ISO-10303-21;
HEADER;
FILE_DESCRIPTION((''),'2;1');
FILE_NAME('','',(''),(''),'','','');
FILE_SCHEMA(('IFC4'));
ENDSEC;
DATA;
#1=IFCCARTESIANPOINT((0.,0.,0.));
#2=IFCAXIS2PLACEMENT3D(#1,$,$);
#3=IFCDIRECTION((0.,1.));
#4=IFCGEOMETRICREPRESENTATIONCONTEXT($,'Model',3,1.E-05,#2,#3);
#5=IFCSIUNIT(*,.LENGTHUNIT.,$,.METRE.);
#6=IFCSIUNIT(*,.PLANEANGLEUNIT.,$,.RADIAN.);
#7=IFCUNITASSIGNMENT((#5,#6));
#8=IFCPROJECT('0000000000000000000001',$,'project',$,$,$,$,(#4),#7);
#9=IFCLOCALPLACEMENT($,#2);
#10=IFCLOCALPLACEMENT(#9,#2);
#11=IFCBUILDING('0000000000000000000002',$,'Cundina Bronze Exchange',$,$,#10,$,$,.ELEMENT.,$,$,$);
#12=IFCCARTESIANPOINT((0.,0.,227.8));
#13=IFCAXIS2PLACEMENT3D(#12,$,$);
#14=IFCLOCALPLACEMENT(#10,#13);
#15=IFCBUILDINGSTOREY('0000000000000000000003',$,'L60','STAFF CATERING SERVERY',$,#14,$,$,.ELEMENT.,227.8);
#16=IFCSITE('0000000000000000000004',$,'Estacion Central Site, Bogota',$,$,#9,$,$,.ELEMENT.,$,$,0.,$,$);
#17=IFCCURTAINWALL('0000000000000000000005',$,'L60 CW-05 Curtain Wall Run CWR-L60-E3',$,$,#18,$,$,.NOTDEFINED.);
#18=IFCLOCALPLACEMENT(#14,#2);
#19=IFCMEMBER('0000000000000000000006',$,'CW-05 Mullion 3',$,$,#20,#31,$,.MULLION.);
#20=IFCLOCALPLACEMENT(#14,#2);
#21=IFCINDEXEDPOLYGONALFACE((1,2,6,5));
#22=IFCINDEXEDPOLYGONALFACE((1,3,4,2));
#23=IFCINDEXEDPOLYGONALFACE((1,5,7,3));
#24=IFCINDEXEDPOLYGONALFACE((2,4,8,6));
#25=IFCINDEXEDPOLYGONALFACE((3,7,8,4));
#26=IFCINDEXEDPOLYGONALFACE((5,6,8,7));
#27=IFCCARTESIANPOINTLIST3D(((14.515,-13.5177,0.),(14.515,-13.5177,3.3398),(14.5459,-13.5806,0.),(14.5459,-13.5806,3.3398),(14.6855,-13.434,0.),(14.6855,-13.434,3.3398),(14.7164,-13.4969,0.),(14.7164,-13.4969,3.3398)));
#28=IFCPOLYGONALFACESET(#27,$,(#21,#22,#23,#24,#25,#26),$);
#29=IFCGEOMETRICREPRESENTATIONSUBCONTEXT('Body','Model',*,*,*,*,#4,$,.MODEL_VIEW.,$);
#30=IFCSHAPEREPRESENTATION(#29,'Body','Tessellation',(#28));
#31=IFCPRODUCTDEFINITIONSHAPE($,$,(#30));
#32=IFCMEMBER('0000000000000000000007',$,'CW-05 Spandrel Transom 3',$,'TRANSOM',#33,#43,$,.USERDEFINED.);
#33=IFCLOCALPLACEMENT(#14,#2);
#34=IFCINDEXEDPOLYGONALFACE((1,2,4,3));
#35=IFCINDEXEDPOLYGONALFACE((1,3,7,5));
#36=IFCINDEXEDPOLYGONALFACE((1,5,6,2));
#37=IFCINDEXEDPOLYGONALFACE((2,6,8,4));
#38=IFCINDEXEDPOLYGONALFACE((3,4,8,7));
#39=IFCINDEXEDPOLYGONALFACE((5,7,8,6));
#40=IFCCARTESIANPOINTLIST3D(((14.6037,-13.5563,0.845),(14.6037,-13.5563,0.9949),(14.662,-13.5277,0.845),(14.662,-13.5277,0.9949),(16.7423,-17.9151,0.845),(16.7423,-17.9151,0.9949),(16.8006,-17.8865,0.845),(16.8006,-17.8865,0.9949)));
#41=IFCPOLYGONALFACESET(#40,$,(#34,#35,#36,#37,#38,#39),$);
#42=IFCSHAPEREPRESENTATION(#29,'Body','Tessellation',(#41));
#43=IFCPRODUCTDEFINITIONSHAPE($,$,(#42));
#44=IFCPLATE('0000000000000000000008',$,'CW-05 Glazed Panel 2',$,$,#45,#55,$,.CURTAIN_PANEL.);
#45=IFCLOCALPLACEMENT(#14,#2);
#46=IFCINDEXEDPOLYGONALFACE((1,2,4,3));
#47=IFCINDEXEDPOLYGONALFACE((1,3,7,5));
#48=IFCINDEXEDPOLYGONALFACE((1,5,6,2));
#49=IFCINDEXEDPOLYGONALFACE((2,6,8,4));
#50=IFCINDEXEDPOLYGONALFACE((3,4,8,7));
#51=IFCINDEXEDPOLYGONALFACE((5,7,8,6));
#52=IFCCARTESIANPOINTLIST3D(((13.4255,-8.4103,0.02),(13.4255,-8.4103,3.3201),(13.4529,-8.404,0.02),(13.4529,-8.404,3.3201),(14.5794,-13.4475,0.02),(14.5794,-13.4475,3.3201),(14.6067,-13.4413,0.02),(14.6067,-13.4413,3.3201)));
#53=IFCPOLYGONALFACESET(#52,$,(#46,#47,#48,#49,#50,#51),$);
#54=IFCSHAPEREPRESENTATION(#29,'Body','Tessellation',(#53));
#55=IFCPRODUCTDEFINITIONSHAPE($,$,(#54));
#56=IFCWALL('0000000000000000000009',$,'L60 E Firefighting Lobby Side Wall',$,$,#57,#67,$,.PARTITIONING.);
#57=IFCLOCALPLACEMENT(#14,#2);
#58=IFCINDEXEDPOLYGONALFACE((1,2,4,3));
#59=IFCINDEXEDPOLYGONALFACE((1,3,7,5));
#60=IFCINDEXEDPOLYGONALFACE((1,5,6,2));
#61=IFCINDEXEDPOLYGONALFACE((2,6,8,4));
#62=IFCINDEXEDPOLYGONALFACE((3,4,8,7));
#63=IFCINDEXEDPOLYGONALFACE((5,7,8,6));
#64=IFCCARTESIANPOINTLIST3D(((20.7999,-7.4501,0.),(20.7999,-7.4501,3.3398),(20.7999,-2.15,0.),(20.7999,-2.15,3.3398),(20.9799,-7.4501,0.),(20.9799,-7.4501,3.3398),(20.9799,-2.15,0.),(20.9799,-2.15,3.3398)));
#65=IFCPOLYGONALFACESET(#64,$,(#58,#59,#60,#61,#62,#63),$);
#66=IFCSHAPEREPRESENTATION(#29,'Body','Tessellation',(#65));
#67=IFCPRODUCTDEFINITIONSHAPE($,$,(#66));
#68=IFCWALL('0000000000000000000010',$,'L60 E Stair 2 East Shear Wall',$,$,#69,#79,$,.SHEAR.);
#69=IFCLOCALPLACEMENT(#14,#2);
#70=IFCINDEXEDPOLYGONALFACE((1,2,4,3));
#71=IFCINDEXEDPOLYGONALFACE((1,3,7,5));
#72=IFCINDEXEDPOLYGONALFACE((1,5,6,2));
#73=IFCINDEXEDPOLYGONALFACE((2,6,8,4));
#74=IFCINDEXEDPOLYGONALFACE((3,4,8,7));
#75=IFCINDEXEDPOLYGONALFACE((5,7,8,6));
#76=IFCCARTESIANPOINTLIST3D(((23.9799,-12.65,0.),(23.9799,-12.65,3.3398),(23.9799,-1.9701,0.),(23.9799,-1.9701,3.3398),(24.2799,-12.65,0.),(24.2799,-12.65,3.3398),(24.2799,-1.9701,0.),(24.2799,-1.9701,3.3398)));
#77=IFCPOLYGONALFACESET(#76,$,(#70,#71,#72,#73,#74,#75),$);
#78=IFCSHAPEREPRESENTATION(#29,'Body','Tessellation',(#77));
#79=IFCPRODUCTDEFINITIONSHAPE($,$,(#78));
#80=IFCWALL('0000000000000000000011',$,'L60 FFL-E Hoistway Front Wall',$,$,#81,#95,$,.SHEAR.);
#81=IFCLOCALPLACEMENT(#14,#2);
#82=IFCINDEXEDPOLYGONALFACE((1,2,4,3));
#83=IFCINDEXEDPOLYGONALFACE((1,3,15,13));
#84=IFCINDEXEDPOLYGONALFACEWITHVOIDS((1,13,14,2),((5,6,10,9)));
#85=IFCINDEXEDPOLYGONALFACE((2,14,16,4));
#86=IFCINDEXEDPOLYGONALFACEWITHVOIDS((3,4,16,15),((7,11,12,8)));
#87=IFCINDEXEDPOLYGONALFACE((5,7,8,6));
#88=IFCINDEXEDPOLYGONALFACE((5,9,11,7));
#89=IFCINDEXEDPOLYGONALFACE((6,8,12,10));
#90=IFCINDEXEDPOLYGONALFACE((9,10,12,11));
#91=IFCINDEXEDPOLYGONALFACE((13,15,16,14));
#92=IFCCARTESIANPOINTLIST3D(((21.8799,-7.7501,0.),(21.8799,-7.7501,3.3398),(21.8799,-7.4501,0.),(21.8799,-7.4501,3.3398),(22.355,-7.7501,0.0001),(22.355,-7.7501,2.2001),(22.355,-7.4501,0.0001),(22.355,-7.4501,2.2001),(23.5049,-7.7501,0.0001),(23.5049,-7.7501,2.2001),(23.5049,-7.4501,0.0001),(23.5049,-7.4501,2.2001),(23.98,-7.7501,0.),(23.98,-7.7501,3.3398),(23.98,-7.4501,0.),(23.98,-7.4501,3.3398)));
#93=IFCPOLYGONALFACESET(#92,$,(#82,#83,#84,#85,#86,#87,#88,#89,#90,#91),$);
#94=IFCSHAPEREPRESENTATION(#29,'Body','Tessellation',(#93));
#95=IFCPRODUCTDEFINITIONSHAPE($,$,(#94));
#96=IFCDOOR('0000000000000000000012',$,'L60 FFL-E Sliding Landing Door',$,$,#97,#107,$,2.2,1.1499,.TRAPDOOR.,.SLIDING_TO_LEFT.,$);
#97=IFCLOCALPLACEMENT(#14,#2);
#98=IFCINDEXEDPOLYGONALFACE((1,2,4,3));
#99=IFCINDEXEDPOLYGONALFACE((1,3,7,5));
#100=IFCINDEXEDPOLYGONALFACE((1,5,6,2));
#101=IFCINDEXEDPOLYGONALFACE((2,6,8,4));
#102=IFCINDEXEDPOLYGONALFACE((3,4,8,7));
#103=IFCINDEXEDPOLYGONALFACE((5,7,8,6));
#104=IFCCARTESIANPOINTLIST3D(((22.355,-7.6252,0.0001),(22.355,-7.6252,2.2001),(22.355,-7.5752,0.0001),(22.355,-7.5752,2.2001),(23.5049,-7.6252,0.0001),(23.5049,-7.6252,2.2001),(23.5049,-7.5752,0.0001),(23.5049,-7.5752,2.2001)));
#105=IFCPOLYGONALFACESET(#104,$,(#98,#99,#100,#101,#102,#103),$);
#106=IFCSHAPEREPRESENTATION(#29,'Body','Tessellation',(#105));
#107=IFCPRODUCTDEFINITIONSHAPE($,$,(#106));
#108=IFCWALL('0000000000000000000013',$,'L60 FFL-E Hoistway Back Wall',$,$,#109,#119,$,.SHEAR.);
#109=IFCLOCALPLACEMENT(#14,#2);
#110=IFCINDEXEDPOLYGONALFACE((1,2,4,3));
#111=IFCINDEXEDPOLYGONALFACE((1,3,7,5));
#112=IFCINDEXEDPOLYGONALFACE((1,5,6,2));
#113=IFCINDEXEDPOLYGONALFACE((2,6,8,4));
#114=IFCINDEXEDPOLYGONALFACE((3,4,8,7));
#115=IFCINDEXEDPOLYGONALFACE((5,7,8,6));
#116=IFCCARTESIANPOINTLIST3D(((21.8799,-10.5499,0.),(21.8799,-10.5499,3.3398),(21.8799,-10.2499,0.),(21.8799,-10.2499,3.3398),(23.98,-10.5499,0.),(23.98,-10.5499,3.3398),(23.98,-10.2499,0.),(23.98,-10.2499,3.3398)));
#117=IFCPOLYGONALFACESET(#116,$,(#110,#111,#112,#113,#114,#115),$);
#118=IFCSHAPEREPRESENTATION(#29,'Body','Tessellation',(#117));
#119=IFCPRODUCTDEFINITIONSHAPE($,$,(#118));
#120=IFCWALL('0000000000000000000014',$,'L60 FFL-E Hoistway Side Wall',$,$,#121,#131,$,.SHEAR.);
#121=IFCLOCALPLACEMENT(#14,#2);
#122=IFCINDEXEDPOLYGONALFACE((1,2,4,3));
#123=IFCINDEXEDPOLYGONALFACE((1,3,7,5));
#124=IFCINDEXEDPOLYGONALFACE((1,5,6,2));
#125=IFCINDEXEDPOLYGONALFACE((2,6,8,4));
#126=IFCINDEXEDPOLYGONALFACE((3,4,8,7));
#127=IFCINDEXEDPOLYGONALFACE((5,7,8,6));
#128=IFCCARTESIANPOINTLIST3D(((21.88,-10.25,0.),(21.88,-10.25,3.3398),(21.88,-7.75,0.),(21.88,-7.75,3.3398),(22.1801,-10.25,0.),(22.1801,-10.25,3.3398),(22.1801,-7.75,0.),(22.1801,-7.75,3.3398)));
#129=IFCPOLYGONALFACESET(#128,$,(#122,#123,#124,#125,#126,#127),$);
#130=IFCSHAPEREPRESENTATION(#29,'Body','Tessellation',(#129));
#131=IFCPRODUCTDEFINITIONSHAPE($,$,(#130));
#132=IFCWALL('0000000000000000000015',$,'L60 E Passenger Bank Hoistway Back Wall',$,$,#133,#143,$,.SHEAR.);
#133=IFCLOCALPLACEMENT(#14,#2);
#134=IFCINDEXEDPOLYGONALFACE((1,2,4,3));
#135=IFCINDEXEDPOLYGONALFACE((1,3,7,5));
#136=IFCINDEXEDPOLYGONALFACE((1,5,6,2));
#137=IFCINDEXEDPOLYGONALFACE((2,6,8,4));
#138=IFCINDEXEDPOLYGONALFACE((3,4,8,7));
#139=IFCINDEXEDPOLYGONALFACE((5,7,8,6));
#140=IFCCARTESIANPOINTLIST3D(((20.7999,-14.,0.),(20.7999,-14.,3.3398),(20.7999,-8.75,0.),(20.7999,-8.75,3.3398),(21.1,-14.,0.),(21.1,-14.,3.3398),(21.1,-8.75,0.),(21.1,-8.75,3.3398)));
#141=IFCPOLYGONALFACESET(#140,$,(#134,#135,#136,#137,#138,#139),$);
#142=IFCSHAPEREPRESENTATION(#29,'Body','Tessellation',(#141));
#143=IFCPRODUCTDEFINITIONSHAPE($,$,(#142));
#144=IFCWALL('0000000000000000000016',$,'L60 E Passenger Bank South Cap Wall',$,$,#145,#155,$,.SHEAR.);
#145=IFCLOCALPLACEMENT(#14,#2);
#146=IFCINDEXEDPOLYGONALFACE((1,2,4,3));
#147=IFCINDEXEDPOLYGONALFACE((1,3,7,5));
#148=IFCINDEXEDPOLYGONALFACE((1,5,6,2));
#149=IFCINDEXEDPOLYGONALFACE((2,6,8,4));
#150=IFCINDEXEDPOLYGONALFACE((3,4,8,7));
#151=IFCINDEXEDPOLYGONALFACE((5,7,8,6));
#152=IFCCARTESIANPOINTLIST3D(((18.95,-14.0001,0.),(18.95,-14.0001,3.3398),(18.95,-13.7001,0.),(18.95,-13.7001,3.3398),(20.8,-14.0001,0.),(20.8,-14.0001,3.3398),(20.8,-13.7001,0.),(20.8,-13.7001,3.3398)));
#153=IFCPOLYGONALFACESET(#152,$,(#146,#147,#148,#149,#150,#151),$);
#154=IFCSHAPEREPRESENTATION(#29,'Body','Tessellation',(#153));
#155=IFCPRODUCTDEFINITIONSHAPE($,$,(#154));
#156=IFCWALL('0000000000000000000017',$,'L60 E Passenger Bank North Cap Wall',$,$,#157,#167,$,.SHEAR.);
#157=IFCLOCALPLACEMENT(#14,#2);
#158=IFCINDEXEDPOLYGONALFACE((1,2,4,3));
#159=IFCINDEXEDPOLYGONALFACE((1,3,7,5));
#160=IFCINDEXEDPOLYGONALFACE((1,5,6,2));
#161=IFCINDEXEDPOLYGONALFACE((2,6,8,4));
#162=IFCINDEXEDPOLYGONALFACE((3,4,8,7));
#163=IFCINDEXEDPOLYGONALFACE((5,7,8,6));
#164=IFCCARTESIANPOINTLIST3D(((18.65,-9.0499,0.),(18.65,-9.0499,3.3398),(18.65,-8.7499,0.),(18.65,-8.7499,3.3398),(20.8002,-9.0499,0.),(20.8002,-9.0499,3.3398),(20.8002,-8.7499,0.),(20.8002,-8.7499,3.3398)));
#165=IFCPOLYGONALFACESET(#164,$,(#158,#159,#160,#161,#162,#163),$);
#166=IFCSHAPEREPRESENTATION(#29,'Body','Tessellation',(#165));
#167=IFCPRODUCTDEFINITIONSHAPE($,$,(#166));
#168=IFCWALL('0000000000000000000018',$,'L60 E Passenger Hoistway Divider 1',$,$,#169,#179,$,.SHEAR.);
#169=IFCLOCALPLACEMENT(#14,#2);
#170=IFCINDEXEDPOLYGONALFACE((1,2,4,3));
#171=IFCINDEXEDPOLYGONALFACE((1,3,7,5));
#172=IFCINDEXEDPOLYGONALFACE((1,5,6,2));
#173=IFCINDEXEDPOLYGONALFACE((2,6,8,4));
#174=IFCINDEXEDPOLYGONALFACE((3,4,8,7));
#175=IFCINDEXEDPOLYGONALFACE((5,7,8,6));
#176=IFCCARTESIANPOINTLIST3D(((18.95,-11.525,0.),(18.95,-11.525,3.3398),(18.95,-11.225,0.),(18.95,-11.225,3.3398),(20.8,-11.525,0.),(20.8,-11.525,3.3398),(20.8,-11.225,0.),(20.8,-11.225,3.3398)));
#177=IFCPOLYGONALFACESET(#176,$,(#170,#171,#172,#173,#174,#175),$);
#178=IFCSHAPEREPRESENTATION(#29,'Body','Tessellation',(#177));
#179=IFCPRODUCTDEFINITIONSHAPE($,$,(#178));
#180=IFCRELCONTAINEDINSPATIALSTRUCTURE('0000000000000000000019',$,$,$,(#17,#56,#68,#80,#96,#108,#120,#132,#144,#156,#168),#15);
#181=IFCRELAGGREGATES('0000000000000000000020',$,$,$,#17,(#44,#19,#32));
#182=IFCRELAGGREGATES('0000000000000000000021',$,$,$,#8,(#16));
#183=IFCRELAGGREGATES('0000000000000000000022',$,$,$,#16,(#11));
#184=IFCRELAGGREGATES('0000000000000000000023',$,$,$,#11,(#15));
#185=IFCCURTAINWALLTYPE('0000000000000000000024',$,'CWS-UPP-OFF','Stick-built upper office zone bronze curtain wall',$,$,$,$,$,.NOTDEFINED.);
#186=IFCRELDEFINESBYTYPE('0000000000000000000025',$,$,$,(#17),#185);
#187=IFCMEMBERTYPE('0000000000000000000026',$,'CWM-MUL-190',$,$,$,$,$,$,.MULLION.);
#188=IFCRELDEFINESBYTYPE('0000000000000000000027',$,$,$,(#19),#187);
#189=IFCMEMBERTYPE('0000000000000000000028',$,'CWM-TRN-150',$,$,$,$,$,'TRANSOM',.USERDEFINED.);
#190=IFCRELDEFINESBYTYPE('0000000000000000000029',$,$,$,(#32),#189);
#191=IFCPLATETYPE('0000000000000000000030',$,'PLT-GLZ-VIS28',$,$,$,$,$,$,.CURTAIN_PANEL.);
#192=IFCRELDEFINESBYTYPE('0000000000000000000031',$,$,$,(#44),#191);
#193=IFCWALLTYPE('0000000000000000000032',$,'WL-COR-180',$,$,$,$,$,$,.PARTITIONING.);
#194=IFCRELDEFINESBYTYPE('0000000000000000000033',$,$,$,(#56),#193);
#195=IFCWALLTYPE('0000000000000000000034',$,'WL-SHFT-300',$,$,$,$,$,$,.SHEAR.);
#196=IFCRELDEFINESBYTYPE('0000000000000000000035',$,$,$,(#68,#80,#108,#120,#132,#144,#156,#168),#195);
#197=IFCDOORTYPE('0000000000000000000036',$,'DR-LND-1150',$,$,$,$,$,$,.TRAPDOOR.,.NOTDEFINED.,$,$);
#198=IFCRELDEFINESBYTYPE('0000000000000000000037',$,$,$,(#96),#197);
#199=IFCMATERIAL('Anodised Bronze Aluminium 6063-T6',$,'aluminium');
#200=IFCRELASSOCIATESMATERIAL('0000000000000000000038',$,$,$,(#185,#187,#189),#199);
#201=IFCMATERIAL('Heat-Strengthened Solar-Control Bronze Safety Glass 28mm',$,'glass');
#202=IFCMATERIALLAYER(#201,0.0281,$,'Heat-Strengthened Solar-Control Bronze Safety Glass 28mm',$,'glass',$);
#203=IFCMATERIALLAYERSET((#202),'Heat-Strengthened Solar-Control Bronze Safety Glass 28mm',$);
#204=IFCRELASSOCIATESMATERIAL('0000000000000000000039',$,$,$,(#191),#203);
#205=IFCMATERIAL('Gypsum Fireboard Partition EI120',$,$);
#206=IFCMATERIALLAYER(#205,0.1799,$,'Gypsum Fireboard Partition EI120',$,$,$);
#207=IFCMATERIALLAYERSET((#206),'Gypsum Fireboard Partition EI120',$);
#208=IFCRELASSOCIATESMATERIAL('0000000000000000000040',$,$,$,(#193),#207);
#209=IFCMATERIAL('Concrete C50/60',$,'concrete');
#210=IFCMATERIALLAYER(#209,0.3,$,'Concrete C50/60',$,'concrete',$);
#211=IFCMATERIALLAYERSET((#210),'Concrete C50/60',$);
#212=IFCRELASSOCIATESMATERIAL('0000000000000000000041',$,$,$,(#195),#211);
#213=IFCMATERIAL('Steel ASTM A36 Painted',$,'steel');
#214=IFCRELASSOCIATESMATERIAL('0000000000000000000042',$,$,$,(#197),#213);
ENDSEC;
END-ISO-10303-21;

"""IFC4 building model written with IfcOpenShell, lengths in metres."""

from ifc_helpers import new_model, si_unit, direction, frame, frame_2d, origin, origin_2d, place, context, subcontext, project, spatial, rectangle, extrude, material, layer, layer_set, material_profile, profile_set, type_object, element, fill, aggregate, save


model = new_model("IFC4")

# Units and contexts
model_context = context("Model", 3, precision=1e-05, world=origin(), true_north=direction((0.0, 1.0)))
body_context = subcontext(model_context, "Body", "Model", "MODEL_VIEW")
ifc_project = project(units=[si_unit("LENGTHUNIT", "METRE"), si_unit("PLANEANGLEUNIT", "RADIAN")], contexts=[model_context])

# Site, building, storey
site_placement = place(None, origin())
site = spatial("IfcSite", under=ifc_project, at=site_placement, Name="Estacion Central Site, Bogota", CompositionType="ELEMENT", RefElevation=0.0)
building_placement = place(site_placement, origin())
building = spatial("IfcBuilding", under=site, at=building_placement, Name="Cundina Bronze Exchange", CompositionType="ELEMENT")
storey_placement = place(building_placement, frame((0.0, 0.0, 227.8)))
storey = spatial("IfcBuildingStorey", under=building, at=storey_placement, Name="L60", Description="STAFF CATERING SERVERY", CompositionType="ELEMENT", Elevation=227.8)

# Shared definitions
ifc_material_1 = material(Name="Concrete C50/60", Category="concrete")

# Curtain wall, members, plate
ifc_material_2 = material(Name="Anodised Bronze Aluminium 6063-T6", Category="aluminium")
curtain_wall_type = type_object("IfcCurtainWallType", Name="CWS-UPP-OFF", Description="Stick-built upper office zone bronze curtain wall", PredefinedType="NOTDEFINED", material=ifc_material_2)
curtain_wall_placement = place(storey_placement, origin())
curtain_wall = element("IfcCurtainWall", 1, at=curtain_wall_placement, inside=storey, type_object=curtain_wall_type, Name="L60 CW-05 Curtain Wall Run CWR-L60-E3", PredefinedType="NOTDEFINED")
ifc_material_profile_1 = material_profile(ifc_material_2, rectangle(XDim=0.0701, YDim=0.1899, at=origin_2d()), Name="AL70X190", Category="aluminium")
ifc_profile_set_1 = profile_set([ifc_material_profile_1], Name="Anodised Bronze Aluminium 6063-T6")
member_type_1 = type_object("IfcMemberType", Name="CWM-MUL-190", PredefinedType="MULLION", material=ifc_profile_set_1)
member_1_placement = place(storey_placement, frame((14.6157, -13.5073, 0.0), z_axis=(0.0, 0.0, 1.0), x_axis=(0.440566, -0.89772, 0.0)))
member_1 = element("IfcMember", 2, at=member_1_placement, type_object=member_type_1, Name="CW-05 Mullion 3", PredefinedType="MULLION", context=body_context, shape_type="SweptSolid", body=[
    extrude(rectangle(XDim=0.0701, YDim=0.1899, at=origin_2d()), origin(), (0.0, 0.0, 1.0), 3.3398),
])
ifc_material_profile_2 = material_profile(ifc_material_2, rectangle(XDim=0.0649, YDim=0.1499, at=origin_2d()), Name="AL65X150", Category="aluminium")
ifc_profile_set_2 = profile_set([ifc_material_profile_2], Name="Anodised Bronze Aluminium 6063-T6")
member_type_2 = type_object("IfcMemberType", Name="CWM-TRN-150", ElementType="TRANSOM", PredefinedType="USERDEFINED", material=ifc_profile_set_2)
member_2_placement = place(storey_placement, frame((14.6328, -13.542, 0.9199), z_axis=(0.440483, -0.897761, 0.0), x_axis=(0.897761, 0.440483, 0.0)))
member_2 = element("IfcMember", 3, at=member_2_placement, type_object=member_type_2, Name="CW-05 Spandrel Transom 3", ObjectType="TRANSOM", PredefinedType="USERDEFINED", context=body_context, shape_type="SweptSolid", body=[
    extrude(rectangle(XDim=0.0649, YDim=0.1499, at=origin_2d()), origin(), (0.0, 0.0, 1.0), 4.8552),
])
ifc_material_3 = material(Name="Heat-Strengthened Solar-Control Bronze Safety Glass 28mm", Category="glass")
ifc_layer_1 = layer(ifc_material_3, 0.0281, Name="Heat-Strengthened Solar-Control Bronze Safety Glass 28mm", Category="glass")
ifc_layer_set_1 = layer_set([ifc_layer_1], Name="Heat-Strengthened Solar-Control Bronze Safety Glass 28mm")
plate_type = type_object("IfcPlateType", Name="PLT-GLZ-VIS28", PredefinedType="CURTAIN_PANEL", material=ifc_layer_set_1)
plate_placement = place(storey_placement, frame((14.0161, -10.9258, 0.02), z_axis=(0.0, 0.0, 1.0), x_axis=(0.223284, -0.974753, 0.0)))
plate = element("IfcPlate", 4, at=plate_placement, type_object=plate_type, Name="CW-05 Glazed Panel 2", PredefinedType="CURTAIN_PANEL", context=body_context, shape_type="SweptSolid", body=[
    extrude(rectangle(XDim=5.1677, YDim=0.0281, at=origin_2d()), origin(), (0.0, 0.0, 1.0), 3.3),
])
aggregate(curtain_wall, [plate, member_1, member_2])

# Walls
ifc_material_4 = material(Name="Gypsum Fireboard Partition EI120")
ifc_layer_2 = layer(ifc_material_4, 0.1799, Name="Gypsum Fireboard Partition EI120")
ifc_layer_set_2 = layer_set([ifc_layer_2], Name="Gypsum Fireboard Partition EI120")
wall_type_1 = type_object("IfcWallType", Name="WL-COR-180", PredefinedType="PARTITIONING", material=ifc_layer_set_2)
wall_1_placement = place(storey_placement, frame((20.8899, -7.45, 0.0), z_axis=(0.0, 0.0, 1.0), x_axis=(0.0, 1.0, 0.0)))
element("IfcWall", 5, at=wall_1_placement, inside=storey, type_object=wall_type_1, Name="L60 E Firefighting Lobby Side Wall", PredefinedType="PARTITIONING", context=body_context, shape_type="SweptSolid", body=[
    extrude(rectangle(XDim=5.3, YDim=0.1799, at=frame_2d((2.6499, 0.0))), origin(), (0.0, 0.0, 1.0), 3.3398),
])
ifc_layer_3 = layer(ifc_material_1, 0.3, Name="Concrete C50/60", Category="concrete")
ifc_layer_set_3 = layer_set([ifc_layer_3], Name="Concrete C50/60")
wall_type_2 = type_object("IfcWallType", Name="WL-SHFT-300", PredefinedType="SHEAR", material=ifc_layer_set_3)
wall_2_placement = place(storey_placement, frame((24.1299, -12.6499, 0.0), z_axis=(0.0, 0.0, 1.0), x_axis=(0.0, 1.0, 0.0)))
element("IfcWall", 6, at=wall_2_placement, inside=storey, type_object=wall_type_2, Name="L60 E Stair 2 East Shear Wall", PredefinedType="SHEAR", context=body_context, shape_type="SweptSolid", body=[
    extrude(rectangle(XDim=10.6799, YDim=0.3, at=frame_2d((5.3398, 0.0))), origin(), (0.0, 0.0, 1.0), 3.3398),
])

# Wall, opening, door
ifc_material_5 = material(Name="Steel ASTM A36 Painted", Category="steel")
wall_3_placement = place(storey_placement, frame((21.8799, -7.6001, 0.0), z_axis=(0.0, 0.0, 1.0), x_axis=(1.0, 0.0, 0.0)))
wall_3 = element("IfcWall", 7, at=wall_3_placement, inside=storey, type_object=wall_type_2, Name="L60 FFL-E Hoistway Front Wall", PredefinedType="SHEAR", context=body_context, shape_type="SweptSolid", body=[
    extrude(rectangle(XDim=2.1001, YDim=0.3, at=frame_2d((1.05, 0.0))), origin(), (0.0, 0.0, 1.0), 3.3398),
])
opening_1_placement = place(wall_3_placement, frame((0.4751, 0.0, 0.0)))
opening_1 = element("IfcOpeningElement", 8, at=opening_1_placement, cuts=wall_3, PredefinedType="OPENING", context=body_context, shape_type="SweptSolid", body=[
    extrude(rectangle(XDim=1.1499, YDim=2.2, at=frame_2d((0.575, 1.1001))), frame((0.0, 0.1599, 0.0), z_axis=(0.0, -1.0, 0.0), x_axis=(1.0, 0.0, 0.0)), (0.0, 0.0, 1.0), 0.3201),
])
door_type_1 = type_object("IfcDoorType", Name="DR-LND-1150", OperationType="NOTDEFINED", PredefinedType="TRAPDOOR", material=ifc_material_5)
door_1_placement = place(opening_1_placement, origin())
door_1 = element("IfcDoor", 9, at=door_1_placement, inside=storey, type_object=door_type_1, Name="L60 FFL-E Sliding Landing Door", OperationType="SLIDING_TO_LEFT", OverallHeight=2.2, OverallWidth=1.1499, PredefinedType="TRAPDOOR", context=body_context, shape_type="SweptSolid", body=[
    extrude(rectangle(XDim=1.1499, YDim=2.2, at=frame_2d((0.575, 1.1001))), frame((0.0, 0.0249, 0.0), z_axis=(0.0, -1.0, 0.0), x_axis=(1.0, 0.0, 0.0)), (0.0, 0.0, 1.0), 0.05),
])
fill(opening_1, door_1)

# Walls
wall_4_placement = place(storey_placement, frame((21.8799, -10.3999, 0.0), z_axis=(0.0, 0.0, 1.0), x_axis=(1.0, 0.0, 0.0)))
element("IfcWall", 10, at=wall_4_placement, inside=storey, type_object=wall_type_2, Name="L60 FFL-E Hoistway Back Wall", PredefinedType="SHEAR", context=body_context, shape_type="SweptSolid", body=[
    extrude(rectangle(XDim=2.1001, YDim=0.3, at=frame_2d((1.05, 0.0))), origin(), (0.0, 0.0, 1.0), 3.3398),
])
wall_5_placement = place(storey_placement, frame((22.03, -10.25, 0.0), z_axis=(0.0, 0.0, 1.0), x_axis=(0.0, 1.0, 0.0)))
element("IfcWall", 11, at=wall_5_placement, inside=storey, type_object=wall_type_2, Name="L60 FFL-E Hoistway Side Wall", PredefinedType="SHEAR", context=body_context, shape_type="SweptSolid", body=[
    extrude(rectangle(XDim=2.5, YDim=0.3, at=frame_2d((1.25, 0.0))), origin(), (0.0, 0.0, 1.0), 3.3398),
])
wall_6_placement = place(storey_placement, frame((20.95, -14.0, 0.0), z_axis=(0.0, 0.0, 1.0), x_axis=(0.0, 1.0, 0.0)))
element("IfcWall", 12, at=wall_6_placement, inside=storey, type_object=wall_type_2, Name="L60 E Passenger Bank Hoistway Back Wall", PredefinedType="SHEAR", context=body_context, shape_type="SweptSolid", body=[
    extrude(rectangle(XDim=5.25, YDim=0.3, at=frame_2d((2.625, 0.0))), origin(), (0.0, 0.0, 1.0), 3.3398),
])
wall_7_placement = place(storey_placement, frame((18.95, -13.8501, 0.0), z_axis=(0.0, 0.0, 1.0), x_axis=(1.0, 0.0, 0.0)))
element("IfcWall", 13, at=wall_7_placement, inside=storey, type_object=wall_type_2, Name="L60 E Passenger Bank South Cap Wall", PredefinedType="SHEAR", context=body_context, shape_type="SweptSolid", body=[
    extrude(rectangle(XDim=1.8501, YDim=0.3, at=frame_2d((0.925, 0.0))), origin(), (0.0, 0.0, 1.0), 3.3398),
])
wall_8_placement = place(storey_placement, frame((18.6499, -8.8999, 0.0), z_axis=(0.0, 0.0, 1.0), x_axis=(1.0, 0.0, 0.0)))
element("IfcWall", 14, at=wall_8_placement, inside=storey, type_object=wall_type_2, Name="L60 E Passenger Bank North Cap Wall", PredefinedType="SHEAR", context=body_context, shape_type="SweptSolid", body=[
    extrude(rectangle(XDim=2.1501, YDim=0.3, at=frame_2d((1.0752, 0.0))), origin(), (0.0, 0.0, 1.0), 3.3398),
])
wall_9_placement = place(storey_placement, frame((18.95, -11.375, 0.0), z_axis=(0.0, 0.0, 1.0), x_axis=(1.0, 0.0, 0.0)))
element("IfcWall", 15, at=wall_9_placement, inside=storey, type_object=wall_type_2, Name="L60 E Passenger Hoistway Divider 1", PredefinedType="SHEAR", context=body_context, shape_type="SweptSolid", body=[
    extrude(rectangle(XDim=1.8501, YDim=0.3, at=frame_2d((0.925, 0.0))), origin(), (0.0, 0.0, 1.0), 3.3398),
])

save(model, "model.ifc")
